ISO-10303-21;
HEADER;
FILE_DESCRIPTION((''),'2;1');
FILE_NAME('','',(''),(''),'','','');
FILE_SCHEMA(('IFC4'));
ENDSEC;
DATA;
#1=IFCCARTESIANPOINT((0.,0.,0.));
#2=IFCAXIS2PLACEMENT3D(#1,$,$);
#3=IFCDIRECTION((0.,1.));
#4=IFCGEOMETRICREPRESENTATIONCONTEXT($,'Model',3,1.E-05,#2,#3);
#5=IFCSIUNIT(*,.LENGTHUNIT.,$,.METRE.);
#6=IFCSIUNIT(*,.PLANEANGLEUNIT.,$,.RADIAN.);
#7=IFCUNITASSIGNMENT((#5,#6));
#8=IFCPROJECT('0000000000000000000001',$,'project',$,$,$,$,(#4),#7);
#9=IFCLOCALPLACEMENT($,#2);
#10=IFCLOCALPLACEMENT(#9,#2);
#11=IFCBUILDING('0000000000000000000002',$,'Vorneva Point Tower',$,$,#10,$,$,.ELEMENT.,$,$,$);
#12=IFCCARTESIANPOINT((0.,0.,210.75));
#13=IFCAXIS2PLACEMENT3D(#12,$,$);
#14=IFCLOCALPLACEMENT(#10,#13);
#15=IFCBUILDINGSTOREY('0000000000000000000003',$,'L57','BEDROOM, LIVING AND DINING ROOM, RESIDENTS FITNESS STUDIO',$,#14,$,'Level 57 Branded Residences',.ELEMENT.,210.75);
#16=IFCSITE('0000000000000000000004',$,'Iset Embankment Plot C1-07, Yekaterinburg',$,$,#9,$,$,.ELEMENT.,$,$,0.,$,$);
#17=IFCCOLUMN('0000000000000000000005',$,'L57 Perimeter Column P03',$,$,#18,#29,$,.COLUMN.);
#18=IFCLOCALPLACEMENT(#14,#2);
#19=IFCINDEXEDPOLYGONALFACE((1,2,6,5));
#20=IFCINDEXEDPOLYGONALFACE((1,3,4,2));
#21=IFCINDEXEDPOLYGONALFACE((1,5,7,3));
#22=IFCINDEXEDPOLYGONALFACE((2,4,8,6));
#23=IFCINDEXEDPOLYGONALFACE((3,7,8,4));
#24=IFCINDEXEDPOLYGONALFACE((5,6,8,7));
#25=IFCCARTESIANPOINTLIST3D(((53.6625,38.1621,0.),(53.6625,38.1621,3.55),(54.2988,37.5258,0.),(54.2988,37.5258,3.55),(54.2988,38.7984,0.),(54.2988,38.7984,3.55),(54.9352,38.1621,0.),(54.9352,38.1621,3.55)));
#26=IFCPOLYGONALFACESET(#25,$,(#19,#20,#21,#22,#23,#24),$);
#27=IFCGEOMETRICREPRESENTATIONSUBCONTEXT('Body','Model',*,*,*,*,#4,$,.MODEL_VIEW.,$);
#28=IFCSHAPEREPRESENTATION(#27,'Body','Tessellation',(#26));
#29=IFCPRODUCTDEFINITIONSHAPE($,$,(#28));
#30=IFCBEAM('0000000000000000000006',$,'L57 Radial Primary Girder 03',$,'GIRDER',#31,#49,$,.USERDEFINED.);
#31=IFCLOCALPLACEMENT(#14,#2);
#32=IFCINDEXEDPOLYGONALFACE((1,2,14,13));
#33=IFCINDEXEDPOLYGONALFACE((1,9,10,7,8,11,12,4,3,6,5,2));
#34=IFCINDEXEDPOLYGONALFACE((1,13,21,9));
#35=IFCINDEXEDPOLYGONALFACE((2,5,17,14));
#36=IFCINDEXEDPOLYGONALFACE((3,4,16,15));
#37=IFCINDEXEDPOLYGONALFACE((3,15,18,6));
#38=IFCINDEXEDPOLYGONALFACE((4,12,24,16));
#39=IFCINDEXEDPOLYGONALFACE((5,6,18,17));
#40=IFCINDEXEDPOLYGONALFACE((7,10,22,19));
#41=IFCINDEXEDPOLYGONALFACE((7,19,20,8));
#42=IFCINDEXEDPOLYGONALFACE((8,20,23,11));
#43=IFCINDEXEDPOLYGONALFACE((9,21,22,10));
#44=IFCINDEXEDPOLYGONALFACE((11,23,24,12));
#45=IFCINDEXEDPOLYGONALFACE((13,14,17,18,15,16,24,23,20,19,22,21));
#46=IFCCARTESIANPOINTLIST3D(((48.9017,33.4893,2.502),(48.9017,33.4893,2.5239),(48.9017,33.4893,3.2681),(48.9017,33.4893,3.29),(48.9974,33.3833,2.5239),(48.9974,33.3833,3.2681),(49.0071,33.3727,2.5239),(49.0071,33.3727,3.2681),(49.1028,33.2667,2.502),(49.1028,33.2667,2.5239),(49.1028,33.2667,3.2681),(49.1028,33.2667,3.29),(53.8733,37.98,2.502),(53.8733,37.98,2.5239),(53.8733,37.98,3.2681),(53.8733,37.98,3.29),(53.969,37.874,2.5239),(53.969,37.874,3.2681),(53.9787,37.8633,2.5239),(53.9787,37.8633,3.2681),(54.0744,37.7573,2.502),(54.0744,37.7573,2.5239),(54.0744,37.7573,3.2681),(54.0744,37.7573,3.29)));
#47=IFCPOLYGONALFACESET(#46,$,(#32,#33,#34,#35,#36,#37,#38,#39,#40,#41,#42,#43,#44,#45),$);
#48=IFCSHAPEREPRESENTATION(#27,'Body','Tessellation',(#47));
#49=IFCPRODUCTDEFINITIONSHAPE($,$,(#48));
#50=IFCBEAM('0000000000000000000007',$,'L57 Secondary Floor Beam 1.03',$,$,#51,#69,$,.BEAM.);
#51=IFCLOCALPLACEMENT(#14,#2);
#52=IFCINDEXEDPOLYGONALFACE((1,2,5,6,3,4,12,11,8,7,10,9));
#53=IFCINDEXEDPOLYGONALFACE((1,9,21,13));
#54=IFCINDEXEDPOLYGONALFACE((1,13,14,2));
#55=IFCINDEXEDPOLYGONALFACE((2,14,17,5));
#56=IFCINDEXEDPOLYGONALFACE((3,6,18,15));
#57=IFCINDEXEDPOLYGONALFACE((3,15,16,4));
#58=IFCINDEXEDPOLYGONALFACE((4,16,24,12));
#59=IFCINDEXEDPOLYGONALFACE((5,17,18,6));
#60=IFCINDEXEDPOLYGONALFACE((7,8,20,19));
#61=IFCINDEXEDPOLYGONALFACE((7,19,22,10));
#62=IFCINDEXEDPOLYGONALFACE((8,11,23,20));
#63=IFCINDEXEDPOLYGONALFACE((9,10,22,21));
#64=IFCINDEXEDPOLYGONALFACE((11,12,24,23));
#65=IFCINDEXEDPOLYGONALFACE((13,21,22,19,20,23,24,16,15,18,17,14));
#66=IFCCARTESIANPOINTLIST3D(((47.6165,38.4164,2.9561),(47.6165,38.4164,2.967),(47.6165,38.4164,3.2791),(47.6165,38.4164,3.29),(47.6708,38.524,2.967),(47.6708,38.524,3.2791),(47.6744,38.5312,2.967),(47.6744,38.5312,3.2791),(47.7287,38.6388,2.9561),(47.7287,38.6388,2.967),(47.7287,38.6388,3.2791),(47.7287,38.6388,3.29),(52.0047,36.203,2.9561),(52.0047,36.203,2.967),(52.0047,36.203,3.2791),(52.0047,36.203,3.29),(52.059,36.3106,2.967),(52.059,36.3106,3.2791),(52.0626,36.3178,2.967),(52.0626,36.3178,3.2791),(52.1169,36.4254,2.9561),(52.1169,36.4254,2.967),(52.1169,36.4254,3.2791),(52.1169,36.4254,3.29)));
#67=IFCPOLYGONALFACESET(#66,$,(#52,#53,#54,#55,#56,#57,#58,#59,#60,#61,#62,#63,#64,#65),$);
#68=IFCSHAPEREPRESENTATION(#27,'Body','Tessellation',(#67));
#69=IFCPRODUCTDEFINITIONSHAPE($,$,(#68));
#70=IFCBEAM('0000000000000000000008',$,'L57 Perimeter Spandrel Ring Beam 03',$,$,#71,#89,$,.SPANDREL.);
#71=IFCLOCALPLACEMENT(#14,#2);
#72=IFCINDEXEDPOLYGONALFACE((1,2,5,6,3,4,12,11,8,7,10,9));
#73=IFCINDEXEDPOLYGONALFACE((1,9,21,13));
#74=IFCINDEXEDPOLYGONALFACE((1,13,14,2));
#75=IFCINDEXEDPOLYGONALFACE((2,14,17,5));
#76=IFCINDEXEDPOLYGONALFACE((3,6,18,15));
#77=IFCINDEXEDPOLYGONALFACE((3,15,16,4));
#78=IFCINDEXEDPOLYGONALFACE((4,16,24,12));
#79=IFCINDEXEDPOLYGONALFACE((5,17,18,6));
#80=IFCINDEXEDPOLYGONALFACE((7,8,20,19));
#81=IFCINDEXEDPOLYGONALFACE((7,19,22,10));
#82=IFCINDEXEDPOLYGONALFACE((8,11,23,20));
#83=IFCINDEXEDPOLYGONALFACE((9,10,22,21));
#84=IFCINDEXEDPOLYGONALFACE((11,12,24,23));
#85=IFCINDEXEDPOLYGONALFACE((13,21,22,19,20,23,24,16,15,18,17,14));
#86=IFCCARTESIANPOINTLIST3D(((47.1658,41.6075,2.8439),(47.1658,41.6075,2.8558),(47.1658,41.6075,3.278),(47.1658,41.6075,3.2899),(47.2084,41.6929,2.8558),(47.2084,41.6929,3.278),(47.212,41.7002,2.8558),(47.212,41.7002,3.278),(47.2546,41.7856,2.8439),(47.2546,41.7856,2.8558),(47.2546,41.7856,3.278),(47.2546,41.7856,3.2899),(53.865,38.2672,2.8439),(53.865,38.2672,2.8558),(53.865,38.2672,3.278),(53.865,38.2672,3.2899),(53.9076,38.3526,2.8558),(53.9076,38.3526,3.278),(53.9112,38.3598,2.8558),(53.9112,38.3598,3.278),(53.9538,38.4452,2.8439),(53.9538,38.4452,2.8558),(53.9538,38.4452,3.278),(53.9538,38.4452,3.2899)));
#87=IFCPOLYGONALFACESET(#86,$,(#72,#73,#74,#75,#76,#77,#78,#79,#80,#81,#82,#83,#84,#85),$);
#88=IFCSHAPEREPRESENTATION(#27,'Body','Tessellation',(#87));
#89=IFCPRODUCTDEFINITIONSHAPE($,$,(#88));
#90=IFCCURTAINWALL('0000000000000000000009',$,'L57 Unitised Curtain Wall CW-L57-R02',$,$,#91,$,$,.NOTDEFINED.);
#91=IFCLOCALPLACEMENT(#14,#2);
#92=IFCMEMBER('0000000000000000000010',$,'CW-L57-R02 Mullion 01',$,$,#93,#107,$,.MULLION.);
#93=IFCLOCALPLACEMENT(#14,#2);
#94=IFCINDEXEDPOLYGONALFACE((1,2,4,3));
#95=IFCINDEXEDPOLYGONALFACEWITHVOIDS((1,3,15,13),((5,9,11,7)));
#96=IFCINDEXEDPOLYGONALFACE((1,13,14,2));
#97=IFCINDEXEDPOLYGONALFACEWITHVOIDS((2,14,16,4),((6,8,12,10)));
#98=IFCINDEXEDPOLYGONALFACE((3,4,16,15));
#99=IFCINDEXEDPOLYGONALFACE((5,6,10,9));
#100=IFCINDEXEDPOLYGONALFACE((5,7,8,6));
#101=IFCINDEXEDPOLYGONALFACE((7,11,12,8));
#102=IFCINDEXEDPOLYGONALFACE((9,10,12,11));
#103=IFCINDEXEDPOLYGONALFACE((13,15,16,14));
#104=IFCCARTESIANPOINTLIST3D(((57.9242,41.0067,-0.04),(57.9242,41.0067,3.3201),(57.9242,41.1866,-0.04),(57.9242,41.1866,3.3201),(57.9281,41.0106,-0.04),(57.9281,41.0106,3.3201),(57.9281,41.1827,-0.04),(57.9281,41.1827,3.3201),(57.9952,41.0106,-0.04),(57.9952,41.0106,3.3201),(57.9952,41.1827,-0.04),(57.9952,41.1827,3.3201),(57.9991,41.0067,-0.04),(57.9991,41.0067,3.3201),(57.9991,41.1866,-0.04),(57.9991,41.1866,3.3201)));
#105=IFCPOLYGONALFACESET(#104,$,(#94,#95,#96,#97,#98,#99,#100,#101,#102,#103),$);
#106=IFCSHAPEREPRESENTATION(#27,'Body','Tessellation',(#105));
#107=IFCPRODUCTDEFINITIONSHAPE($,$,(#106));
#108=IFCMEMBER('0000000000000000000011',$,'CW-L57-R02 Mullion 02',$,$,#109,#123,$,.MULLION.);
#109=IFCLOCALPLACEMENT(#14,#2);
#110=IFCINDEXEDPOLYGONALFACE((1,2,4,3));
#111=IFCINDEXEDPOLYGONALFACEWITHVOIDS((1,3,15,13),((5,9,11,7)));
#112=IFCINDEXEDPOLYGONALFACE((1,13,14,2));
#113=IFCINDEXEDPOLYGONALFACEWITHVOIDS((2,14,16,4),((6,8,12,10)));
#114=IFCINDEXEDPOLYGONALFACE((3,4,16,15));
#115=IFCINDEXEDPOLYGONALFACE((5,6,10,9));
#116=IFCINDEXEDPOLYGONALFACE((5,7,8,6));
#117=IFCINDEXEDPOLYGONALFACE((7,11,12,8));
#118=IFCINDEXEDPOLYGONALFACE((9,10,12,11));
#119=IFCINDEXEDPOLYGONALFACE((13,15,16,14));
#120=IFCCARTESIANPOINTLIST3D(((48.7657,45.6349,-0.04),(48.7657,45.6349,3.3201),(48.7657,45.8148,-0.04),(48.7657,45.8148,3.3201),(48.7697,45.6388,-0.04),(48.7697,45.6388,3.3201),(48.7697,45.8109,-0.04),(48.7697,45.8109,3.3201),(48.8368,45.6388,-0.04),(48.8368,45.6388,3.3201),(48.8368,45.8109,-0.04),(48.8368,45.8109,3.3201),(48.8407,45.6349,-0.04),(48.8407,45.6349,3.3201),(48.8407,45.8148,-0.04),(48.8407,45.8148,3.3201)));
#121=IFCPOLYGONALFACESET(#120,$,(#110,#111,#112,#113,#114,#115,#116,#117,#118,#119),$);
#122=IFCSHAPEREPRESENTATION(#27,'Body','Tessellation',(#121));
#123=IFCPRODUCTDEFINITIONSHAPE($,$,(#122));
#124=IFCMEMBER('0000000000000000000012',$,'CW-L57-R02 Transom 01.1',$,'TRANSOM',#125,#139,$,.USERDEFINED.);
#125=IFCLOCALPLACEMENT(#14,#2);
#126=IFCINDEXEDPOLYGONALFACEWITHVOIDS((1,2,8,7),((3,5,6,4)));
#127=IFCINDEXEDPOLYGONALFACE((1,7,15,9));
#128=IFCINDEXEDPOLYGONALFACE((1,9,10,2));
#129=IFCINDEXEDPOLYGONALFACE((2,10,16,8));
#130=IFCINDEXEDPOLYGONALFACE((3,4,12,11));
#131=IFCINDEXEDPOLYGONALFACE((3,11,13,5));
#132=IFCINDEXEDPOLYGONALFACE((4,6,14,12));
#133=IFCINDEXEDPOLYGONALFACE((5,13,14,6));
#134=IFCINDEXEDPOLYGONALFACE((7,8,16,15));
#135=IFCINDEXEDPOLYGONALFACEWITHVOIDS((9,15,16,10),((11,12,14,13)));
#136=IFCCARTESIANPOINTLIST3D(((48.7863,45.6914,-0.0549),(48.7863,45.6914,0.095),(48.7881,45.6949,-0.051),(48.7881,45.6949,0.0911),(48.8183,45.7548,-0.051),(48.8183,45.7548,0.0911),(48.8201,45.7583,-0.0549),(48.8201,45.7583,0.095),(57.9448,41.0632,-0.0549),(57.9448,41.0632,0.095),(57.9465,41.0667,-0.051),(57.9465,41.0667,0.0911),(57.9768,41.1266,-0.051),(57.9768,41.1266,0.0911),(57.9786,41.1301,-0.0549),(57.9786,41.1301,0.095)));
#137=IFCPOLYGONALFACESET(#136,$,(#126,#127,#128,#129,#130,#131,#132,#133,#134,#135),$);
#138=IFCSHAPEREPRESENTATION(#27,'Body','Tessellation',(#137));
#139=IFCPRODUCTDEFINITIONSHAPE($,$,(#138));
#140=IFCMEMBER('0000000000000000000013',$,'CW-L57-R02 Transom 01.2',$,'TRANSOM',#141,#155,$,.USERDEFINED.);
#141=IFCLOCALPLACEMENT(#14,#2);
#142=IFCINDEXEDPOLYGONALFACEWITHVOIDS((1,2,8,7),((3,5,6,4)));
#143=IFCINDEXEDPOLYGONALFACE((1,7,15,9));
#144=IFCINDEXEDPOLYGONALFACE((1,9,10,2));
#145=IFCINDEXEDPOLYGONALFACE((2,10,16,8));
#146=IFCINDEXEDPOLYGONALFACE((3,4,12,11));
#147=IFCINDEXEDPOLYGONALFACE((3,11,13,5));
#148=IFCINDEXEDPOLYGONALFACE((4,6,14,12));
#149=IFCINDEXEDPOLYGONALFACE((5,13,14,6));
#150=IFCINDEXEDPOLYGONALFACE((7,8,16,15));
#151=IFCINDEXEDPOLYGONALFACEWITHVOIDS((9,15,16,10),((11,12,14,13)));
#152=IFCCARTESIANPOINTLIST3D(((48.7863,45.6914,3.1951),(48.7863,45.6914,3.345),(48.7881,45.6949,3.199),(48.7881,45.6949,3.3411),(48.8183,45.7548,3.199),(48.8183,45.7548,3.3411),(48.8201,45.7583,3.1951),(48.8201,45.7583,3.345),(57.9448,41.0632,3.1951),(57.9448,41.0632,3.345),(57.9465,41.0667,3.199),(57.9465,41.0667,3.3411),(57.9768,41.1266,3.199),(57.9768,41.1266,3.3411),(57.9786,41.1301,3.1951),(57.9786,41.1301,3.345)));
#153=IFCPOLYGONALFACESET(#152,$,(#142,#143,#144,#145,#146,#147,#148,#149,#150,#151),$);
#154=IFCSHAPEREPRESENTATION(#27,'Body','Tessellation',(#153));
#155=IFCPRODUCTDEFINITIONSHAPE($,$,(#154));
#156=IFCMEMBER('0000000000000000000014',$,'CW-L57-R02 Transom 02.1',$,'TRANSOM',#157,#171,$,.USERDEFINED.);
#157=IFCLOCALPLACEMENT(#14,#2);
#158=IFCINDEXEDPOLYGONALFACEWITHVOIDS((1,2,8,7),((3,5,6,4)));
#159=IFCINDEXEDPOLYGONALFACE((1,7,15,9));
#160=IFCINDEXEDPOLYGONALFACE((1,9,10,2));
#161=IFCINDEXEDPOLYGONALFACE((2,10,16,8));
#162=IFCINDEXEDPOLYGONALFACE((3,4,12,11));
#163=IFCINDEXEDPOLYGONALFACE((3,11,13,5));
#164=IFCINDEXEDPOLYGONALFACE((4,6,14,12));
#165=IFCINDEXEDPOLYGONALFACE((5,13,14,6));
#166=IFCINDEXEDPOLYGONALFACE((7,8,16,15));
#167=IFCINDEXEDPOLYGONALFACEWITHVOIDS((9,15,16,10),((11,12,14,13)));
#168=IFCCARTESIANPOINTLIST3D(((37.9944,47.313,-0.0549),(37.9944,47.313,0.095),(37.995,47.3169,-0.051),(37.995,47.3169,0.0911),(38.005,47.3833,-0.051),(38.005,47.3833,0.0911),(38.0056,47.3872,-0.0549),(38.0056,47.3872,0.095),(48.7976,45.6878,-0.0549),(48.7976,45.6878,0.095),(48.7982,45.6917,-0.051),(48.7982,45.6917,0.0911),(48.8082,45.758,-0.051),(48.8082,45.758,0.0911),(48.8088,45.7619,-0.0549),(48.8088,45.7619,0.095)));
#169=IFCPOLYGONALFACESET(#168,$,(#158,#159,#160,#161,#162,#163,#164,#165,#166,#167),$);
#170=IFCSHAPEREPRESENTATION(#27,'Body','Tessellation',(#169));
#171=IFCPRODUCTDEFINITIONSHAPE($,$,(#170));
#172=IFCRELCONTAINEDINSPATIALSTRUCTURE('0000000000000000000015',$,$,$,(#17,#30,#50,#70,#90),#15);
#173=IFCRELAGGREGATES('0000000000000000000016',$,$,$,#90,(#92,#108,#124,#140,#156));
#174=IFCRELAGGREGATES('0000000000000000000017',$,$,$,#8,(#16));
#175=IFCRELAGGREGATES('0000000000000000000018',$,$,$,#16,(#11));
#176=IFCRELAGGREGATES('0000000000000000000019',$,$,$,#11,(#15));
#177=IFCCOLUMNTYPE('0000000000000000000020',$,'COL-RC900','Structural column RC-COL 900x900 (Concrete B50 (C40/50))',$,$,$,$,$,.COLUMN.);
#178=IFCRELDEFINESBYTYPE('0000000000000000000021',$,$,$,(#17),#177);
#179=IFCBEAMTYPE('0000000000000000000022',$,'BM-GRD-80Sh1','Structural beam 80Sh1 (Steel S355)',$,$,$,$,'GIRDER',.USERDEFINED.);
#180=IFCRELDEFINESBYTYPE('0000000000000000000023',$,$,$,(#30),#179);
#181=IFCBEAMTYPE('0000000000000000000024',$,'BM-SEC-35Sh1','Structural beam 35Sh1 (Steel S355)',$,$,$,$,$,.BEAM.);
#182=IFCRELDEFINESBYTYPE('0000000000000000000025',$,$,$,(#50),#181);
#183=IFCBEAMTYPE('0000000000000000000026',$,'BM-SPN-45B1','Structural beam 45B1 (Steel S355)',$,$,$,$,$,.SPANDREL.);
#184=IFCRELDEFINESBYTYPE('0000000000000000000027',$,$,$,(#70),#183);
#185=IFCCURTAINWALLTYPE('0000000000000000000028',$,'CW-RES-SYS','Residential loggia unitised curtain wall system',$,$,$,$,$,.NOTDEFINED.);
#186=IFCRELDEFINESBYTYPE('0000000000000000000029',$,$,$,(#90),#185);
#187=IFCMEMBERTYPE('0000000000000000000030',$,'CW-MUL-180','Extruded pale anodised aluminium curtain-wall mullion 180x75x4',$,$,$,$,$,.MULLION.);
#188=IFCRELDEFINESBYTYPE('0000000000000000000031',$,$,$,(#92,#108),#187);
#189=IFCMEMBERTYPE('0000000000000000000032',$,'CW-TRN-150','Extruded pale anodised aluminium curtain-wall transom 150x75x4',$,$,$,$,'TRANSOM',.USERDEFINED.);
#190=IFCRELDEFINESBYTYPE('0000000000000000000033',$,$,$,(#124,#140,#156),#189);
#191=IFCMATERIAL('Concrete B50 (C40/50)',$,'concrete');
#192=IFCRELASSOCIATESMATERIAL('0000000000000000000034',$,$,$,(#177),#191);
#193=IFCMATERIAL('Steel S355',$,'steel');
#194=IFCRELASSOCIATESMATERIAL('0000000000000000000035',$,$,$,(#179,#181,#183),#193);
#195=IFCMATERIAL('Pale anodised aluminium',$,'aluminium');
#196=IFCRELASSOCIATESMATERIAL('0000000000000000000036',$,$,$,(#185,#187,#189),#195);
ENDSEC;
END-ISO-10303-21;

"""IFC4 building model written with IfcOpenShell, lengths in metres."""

from ifc_helpers import new_model, si_unit, direction, frame, origin, origin_2d, place, context, subcontext, project, spatial, rectangle, hollow_rectangle, i_section, extrude, material, material_profile, profile_set, type_object, element, aggregate, save


model = new_model("IFC4")

# Units and contexts
model_context = context("Model", 3, precision=1e-05, world=origin(), true_north=direction((0.0, 1.0)))
body_context = subcontext(model_context, "Body", "Model", "MODEL_VIEW")
ifc_project = project(units=[si_unit("LENGTHUNIT", "METRE"), si_unit("PLANEANGLEUNIT", "RADIAN")], contexts=[model_context])

# Site, building, storey
site_placement = place(None, origin())
site = spatial("IfcSite", under=ifc_project, at=site_placement, Name="Iset Embankment Plot C1-07, Yekaterinburg", CompositionType="ELEMENT", RefElevation=0.0)
building_placement = place(site_placement, origin())
building = spatial("IfcBuilding", under=site, at=building_placement, Name="Vorneva Point Tower", CompositionType="ELEMENT")
storey_placement = place(building_placement, frame((0.0, 0.0, 210.75)))
storey = spatial("IfcBuildingStorey", under=building, at=storey_placement, Name="L57", Description="BEDROOM, LIVING AND DINING ROOM, RESIDENTS FITNESS STUDIO", LongName="Level 57 Branded Residences", CompositionType="ELEMENT", Elevation=210.75)

# Column
ifc_material_1 = material(Name="Concrete B50 (C40/50)", Category="concrete")
ifc_material_profile_1 = material_profile(ifc_material_1, rectangle(XDim=0.8999, YDim=0.8999, at=origin_2d()), Name="RC-COL 900x900")
ifc_profile_set_1 = profile_set([ifc_material_profile_1], Name="Concrete B50 (C40/50)")
column_type = type_object("IfcColumnType", Name="COL-RC900", Description="Structural column RC-COL 900x900 (Concrete B50 (C40/50))", PredefinedType="COLUMN", material=ifc_profile_set_1)
column_placement = place(storey_placement, frame((54.2988, 38.1621, 0.0), z_axis=(0.0, 0.0, 1.0), x_axis=(0.707107, 0.707107, 0.0)))
element("IfcColumn", 1, at=column_placement, inside=storey, type_object=column_type, Name="L57 Perimeter Column P03", PredefinedType="COLUMN", context=body_context, shape_type="SweptSolid", body=[
    extrude(rectangle(XDim=0.8999, YDim=0.8999, at=origin_2d()), origin(), (0.0, 0.0, 1.0), 3.55),
])

# Beams
ifc_material_2 = material(Name="Steel S355", Category="steel")
ifc_material_profile_2 = material_profile(ifc_material_2, i_section(OverallWidth=0.3, OverallDepth=0.7881, WebThickness=0.0144, FlangeThickness=0.022, at=origin_2d()), Name="80Sh1")
ifc_profile_set_2 = profile_set([ifc_material_profile_2], Name="Steel S355")
beam_type_1 = type_object("IfcBeamType", Name="BM-GRD-80Sh1", Description="Structural beam 80Sh1 (Steel S355)", ElementType="GIRDER", PredefinedType="USERDEFINED", material=ifc_profile_set_2)
beam_1_placement = place(storey_placement, frame((53.9739, 37.8687, 2.896), z_axis=(-0.74209, -0.670301, 0.0), x_axis=(0.670301, -0.74209, 0.0)))
element("IfcBeam", 2, at=beam_1_placement, inside=storey, type_object=beam_type_1, Name="L57 Radial Primary Girder 03", ObjectType="GIRDER", PredefinedType="USERDEFINED", context=body_context, shape_type="SweptSolid", body=[
    extrude(i_section(OverallWidth=0.3, OverallDepth=0.7881, WebThickness=0.0144, FlangeThickness=0.022, at=origin_2d()), origin(), (0.0, 0.0, 1.0), 6.6995),
])
ifc_material_profile_3 = material_profile(ifc_material_2, i_section(OverallWidth=0.249, OverallDepth=0.334, WebThickness=0.0081, FlangeThickness=0.011, at=origin_2d()), Name="35Sh1")
ifc_profile_set_3 = profile_set([ifc_material_profile_3], Name="Steel S355")
beam_type_2 = type_object("IfcBeamType", Name="BM-SEC-35Sh1", Description="Structural beam 35Sh1 (Steel S355)", PredefinedType="BEAM", material=ifc_profile_set_3)
beam_2_placement = place(storey_placement, frame((52.0608, 36.3142, 3.123), z_axis=(-0.892852, 0.45035, 0.0), x_axis=(-0.45035, -0.892852, 0.0)))
element("IfcBeam", 3, at=beam_2_placement, inside=storey, type_object=beam_type_2, Name="L57 Secondary Floor Beam 1.03", PredefinedType="BEAM", context=body_context, shape_type="SweptSolid", body=[
    extrude(i_section(OverallWidth=0.249, OverallDepth=0.334, WebThickness=0.0081, FlangeThickness=0.011, at=origin_2d()), origin(), (0.0, 0.0, 1.0), 4.9148),
])
ifc_material_profile_4 = material_profile(ifc_material_2, i_section(OverallWidth=0.199, OverallDepth=0.446, WebThickness=0.0081, FlangeThickness=0.012, at=origin_2d()), Name="45B1")
ifc_profile_set_4 = profile_set([ifc_material_profile_4], Name="Steel S355")
beam_type_3 = type_object("IfcBeamType", Name="BM-SPN-45B1", Description="Structural beam 45B1 (Steel S355)", PredefinedType="SPANDREL", material=ifc_profile_set_4)
beam_3_placement = place(storey_placement, frame((53.9094, 38.3562, 3.0669), z_axis=(-0.894922, 0.446222, 0.0), x_axis=(-0.446222, -0.894922, 0.0)))
element("IfcBeam", 4, at=beam_3_placement, inside=storey, type_object=beam_type_3, Name="L57 Perimeter Spandrel Ring Beam 03", PredefinedType="SPANDREL", context=body_context, shape_type="SweptSolid", body=[
    extrude(i_section(OverallWidth=0.199, OverallDepth=0.446, WebThickness=0.0081, FlangeThickness=0.012, at=origin_2d()), origin(), (0.0, 0.0, 1.0), 7.4858),
])

# Curtain wall, members
ifc_material_3 = material(Name="Pale anodised aluminium", Category="aluminium")
curtain_wall_type = type_object("IfcCurtainWallType", Name="CW-RES-SYS", Description="Residential loggia unitised curtain wall system", PredefinedType="NOTDEFINED", material=ifc_material_3)
curtain_wall_placement = place(storey_placement, origin())
curtain_wall = element("IfcCurtainWall", 5, at=curtain_wall_placement, inside=storey, type_object=curtain_wall_type, Name="L57 Unitised Curtain Wall CW-L57-R02", PredefinedType="NOTDEFINED")
ifc_material_profile_5 = material_profile(ifc_material_3, hollow_rectangle(XDim=0.075, YDim=0.1799, WallThickness=0.0039, at=origin_2d()), Name="AL-MUL 180x75x4")
ifc_profile_set_5 = profile_set([ifc_material_profile_5], Name="Pale anodised aluminium")
member_type_1 = type_object("IfcMemberType", Name="CW-MUL-180", Description="Extruded pale anodised aluminium curtain-wall mullion 180x75x4", PredefinedType="MULLION", material=ifc_profile_set_5)
member_1_placement = place(storey_placement, frame((57.9617, 41.0967, -0.04), z_axis=(0.0, 0.0, 1.0), x_axis=(1.0, 0.0, 0.0)))
member_1 = element("IfcMember", 6, at=member_1_placement, type_object=member_type_1, Name="CW-L57-R02 Mullion 01", PredefinedType="MULLION", context=body_context, shape_type="SweptSolid", body=[
    extrude(hollow_rectangle(XDim=0.075, YDim=0.1799, WallThickness=0.0039, at=origin_2d()), origin(), (0.0, 0.0, 1.0), 3.3601),
])
member_2_placement = place(storey_placement, frame((48.8032, 45.7249, -0.04), z_axis=(0.0, 0.0, 1.0), x_axis=(1.0, 0.0, 0.0)))
member_2 = element("IfcMember", 7, at=member_2_placement, type_object=member_type_1, Name="CW-L57-R02 Mullion 02", PredefinedType="MULLION", context=body_context, shape_type="SweptSolid", body=[
    extrude(hollow_rectangle(XDim=0.075, YDim=0.1799, WallThickness=0.0039, at=origin_2d()), origin(), (0.0, 0.0, 1.0), 3.3601),
])
ifc_material_profile_6 = material_profile(ifc_material_3, hollow_rectangle(XDim=0.075, YDim=0.1499, WallThickness=0.0039, at=origin_2d()), Name="AL-TRN 150x75x4")
ifc_profile_set_6 = profile_set([ifc_material_profile_6], Name="Pale anodised aluminium")
member_type_2 = type_object("IfcMemberType", Name="CW-TRN-150", Description="Extruded pale anodised aluminium curtain-wall transom 150x75x4", ElementType="TRANSOM", PredefinedType="USERDEFINED", material=ifc_profile_set_6)
member_3_placement = place(storey_placement, frame((57.9617, 41.0967, 0.02), z_axis=(-0.892511, 0.451026, 0.0), x_axis=(-0.451026, -0.892511, 0.0)))
member_3 = element("IfcMember", 8, at=member_3_placement, type_object=member_type_2, Name="CW-L57-R02 Transom 01.1", ObjectType="TRANSOM", PredefinedType="USERDEFINED", context=body_context, shape_type="SweptSolid", body=[
    extrude(hollow_rectangle(XDim=0.075, YDim=0.1499, WallThickness=0.0039, at=origin_2d()), origin(), (0.0, 0.0, 1.0), 10.2615),
])
member_4_placement = place(storey_placement, frame((57.9617, 41.0967, 3.27), z_axis=(-0.892511, 0.451026, 0.0), x_axis=(-0.451026, -0.892511, 0.0)))
member_4 = element("IfcMember", 9, at=member_4_placement, type_object=member_type_2, Name="CW-L57-R02 Transom 01.2", ObjectType="TRANSOM", PredefinedType="USERDEFINED", context=body_context, shape_type="SweptSolid", body=[
    extrude(hollow_rectangle(XDim=0.075, YDim=0.1499, WallThickness=0.0039, at=origin_2d()), origin(), (0.0, 0.0, 1.0), 10.2615),
])
member_5_placement = place(storey_placement, frame((48.8032, 45.7249, 0.02), z_axis=(-0.988872, 0.148767, 0.0), x_axis=(-0.148767, -0.988872, 0.0)))
member_5 = element("IfcMember", 10, at=member_5_placement, type_object=member_type_2, Name="CW-L57-R02 Transom 02.1", ObjectType="TRANSOM", PredefinedType="USERDEFINED", context=body_context, shape_type="SweptSolid", body=[
    extrude(hollow_rectangle(XDim=0.075, YDim=0.1499, WallThickness=0.0039, at=origin_2d()), origin(), (0.0, 0.0, 1.0), 10.9248),
])
aggregate(curtain_wall, [member_1, member_2, member_3, member_4, member_5])

save(model, "model.ifc")
